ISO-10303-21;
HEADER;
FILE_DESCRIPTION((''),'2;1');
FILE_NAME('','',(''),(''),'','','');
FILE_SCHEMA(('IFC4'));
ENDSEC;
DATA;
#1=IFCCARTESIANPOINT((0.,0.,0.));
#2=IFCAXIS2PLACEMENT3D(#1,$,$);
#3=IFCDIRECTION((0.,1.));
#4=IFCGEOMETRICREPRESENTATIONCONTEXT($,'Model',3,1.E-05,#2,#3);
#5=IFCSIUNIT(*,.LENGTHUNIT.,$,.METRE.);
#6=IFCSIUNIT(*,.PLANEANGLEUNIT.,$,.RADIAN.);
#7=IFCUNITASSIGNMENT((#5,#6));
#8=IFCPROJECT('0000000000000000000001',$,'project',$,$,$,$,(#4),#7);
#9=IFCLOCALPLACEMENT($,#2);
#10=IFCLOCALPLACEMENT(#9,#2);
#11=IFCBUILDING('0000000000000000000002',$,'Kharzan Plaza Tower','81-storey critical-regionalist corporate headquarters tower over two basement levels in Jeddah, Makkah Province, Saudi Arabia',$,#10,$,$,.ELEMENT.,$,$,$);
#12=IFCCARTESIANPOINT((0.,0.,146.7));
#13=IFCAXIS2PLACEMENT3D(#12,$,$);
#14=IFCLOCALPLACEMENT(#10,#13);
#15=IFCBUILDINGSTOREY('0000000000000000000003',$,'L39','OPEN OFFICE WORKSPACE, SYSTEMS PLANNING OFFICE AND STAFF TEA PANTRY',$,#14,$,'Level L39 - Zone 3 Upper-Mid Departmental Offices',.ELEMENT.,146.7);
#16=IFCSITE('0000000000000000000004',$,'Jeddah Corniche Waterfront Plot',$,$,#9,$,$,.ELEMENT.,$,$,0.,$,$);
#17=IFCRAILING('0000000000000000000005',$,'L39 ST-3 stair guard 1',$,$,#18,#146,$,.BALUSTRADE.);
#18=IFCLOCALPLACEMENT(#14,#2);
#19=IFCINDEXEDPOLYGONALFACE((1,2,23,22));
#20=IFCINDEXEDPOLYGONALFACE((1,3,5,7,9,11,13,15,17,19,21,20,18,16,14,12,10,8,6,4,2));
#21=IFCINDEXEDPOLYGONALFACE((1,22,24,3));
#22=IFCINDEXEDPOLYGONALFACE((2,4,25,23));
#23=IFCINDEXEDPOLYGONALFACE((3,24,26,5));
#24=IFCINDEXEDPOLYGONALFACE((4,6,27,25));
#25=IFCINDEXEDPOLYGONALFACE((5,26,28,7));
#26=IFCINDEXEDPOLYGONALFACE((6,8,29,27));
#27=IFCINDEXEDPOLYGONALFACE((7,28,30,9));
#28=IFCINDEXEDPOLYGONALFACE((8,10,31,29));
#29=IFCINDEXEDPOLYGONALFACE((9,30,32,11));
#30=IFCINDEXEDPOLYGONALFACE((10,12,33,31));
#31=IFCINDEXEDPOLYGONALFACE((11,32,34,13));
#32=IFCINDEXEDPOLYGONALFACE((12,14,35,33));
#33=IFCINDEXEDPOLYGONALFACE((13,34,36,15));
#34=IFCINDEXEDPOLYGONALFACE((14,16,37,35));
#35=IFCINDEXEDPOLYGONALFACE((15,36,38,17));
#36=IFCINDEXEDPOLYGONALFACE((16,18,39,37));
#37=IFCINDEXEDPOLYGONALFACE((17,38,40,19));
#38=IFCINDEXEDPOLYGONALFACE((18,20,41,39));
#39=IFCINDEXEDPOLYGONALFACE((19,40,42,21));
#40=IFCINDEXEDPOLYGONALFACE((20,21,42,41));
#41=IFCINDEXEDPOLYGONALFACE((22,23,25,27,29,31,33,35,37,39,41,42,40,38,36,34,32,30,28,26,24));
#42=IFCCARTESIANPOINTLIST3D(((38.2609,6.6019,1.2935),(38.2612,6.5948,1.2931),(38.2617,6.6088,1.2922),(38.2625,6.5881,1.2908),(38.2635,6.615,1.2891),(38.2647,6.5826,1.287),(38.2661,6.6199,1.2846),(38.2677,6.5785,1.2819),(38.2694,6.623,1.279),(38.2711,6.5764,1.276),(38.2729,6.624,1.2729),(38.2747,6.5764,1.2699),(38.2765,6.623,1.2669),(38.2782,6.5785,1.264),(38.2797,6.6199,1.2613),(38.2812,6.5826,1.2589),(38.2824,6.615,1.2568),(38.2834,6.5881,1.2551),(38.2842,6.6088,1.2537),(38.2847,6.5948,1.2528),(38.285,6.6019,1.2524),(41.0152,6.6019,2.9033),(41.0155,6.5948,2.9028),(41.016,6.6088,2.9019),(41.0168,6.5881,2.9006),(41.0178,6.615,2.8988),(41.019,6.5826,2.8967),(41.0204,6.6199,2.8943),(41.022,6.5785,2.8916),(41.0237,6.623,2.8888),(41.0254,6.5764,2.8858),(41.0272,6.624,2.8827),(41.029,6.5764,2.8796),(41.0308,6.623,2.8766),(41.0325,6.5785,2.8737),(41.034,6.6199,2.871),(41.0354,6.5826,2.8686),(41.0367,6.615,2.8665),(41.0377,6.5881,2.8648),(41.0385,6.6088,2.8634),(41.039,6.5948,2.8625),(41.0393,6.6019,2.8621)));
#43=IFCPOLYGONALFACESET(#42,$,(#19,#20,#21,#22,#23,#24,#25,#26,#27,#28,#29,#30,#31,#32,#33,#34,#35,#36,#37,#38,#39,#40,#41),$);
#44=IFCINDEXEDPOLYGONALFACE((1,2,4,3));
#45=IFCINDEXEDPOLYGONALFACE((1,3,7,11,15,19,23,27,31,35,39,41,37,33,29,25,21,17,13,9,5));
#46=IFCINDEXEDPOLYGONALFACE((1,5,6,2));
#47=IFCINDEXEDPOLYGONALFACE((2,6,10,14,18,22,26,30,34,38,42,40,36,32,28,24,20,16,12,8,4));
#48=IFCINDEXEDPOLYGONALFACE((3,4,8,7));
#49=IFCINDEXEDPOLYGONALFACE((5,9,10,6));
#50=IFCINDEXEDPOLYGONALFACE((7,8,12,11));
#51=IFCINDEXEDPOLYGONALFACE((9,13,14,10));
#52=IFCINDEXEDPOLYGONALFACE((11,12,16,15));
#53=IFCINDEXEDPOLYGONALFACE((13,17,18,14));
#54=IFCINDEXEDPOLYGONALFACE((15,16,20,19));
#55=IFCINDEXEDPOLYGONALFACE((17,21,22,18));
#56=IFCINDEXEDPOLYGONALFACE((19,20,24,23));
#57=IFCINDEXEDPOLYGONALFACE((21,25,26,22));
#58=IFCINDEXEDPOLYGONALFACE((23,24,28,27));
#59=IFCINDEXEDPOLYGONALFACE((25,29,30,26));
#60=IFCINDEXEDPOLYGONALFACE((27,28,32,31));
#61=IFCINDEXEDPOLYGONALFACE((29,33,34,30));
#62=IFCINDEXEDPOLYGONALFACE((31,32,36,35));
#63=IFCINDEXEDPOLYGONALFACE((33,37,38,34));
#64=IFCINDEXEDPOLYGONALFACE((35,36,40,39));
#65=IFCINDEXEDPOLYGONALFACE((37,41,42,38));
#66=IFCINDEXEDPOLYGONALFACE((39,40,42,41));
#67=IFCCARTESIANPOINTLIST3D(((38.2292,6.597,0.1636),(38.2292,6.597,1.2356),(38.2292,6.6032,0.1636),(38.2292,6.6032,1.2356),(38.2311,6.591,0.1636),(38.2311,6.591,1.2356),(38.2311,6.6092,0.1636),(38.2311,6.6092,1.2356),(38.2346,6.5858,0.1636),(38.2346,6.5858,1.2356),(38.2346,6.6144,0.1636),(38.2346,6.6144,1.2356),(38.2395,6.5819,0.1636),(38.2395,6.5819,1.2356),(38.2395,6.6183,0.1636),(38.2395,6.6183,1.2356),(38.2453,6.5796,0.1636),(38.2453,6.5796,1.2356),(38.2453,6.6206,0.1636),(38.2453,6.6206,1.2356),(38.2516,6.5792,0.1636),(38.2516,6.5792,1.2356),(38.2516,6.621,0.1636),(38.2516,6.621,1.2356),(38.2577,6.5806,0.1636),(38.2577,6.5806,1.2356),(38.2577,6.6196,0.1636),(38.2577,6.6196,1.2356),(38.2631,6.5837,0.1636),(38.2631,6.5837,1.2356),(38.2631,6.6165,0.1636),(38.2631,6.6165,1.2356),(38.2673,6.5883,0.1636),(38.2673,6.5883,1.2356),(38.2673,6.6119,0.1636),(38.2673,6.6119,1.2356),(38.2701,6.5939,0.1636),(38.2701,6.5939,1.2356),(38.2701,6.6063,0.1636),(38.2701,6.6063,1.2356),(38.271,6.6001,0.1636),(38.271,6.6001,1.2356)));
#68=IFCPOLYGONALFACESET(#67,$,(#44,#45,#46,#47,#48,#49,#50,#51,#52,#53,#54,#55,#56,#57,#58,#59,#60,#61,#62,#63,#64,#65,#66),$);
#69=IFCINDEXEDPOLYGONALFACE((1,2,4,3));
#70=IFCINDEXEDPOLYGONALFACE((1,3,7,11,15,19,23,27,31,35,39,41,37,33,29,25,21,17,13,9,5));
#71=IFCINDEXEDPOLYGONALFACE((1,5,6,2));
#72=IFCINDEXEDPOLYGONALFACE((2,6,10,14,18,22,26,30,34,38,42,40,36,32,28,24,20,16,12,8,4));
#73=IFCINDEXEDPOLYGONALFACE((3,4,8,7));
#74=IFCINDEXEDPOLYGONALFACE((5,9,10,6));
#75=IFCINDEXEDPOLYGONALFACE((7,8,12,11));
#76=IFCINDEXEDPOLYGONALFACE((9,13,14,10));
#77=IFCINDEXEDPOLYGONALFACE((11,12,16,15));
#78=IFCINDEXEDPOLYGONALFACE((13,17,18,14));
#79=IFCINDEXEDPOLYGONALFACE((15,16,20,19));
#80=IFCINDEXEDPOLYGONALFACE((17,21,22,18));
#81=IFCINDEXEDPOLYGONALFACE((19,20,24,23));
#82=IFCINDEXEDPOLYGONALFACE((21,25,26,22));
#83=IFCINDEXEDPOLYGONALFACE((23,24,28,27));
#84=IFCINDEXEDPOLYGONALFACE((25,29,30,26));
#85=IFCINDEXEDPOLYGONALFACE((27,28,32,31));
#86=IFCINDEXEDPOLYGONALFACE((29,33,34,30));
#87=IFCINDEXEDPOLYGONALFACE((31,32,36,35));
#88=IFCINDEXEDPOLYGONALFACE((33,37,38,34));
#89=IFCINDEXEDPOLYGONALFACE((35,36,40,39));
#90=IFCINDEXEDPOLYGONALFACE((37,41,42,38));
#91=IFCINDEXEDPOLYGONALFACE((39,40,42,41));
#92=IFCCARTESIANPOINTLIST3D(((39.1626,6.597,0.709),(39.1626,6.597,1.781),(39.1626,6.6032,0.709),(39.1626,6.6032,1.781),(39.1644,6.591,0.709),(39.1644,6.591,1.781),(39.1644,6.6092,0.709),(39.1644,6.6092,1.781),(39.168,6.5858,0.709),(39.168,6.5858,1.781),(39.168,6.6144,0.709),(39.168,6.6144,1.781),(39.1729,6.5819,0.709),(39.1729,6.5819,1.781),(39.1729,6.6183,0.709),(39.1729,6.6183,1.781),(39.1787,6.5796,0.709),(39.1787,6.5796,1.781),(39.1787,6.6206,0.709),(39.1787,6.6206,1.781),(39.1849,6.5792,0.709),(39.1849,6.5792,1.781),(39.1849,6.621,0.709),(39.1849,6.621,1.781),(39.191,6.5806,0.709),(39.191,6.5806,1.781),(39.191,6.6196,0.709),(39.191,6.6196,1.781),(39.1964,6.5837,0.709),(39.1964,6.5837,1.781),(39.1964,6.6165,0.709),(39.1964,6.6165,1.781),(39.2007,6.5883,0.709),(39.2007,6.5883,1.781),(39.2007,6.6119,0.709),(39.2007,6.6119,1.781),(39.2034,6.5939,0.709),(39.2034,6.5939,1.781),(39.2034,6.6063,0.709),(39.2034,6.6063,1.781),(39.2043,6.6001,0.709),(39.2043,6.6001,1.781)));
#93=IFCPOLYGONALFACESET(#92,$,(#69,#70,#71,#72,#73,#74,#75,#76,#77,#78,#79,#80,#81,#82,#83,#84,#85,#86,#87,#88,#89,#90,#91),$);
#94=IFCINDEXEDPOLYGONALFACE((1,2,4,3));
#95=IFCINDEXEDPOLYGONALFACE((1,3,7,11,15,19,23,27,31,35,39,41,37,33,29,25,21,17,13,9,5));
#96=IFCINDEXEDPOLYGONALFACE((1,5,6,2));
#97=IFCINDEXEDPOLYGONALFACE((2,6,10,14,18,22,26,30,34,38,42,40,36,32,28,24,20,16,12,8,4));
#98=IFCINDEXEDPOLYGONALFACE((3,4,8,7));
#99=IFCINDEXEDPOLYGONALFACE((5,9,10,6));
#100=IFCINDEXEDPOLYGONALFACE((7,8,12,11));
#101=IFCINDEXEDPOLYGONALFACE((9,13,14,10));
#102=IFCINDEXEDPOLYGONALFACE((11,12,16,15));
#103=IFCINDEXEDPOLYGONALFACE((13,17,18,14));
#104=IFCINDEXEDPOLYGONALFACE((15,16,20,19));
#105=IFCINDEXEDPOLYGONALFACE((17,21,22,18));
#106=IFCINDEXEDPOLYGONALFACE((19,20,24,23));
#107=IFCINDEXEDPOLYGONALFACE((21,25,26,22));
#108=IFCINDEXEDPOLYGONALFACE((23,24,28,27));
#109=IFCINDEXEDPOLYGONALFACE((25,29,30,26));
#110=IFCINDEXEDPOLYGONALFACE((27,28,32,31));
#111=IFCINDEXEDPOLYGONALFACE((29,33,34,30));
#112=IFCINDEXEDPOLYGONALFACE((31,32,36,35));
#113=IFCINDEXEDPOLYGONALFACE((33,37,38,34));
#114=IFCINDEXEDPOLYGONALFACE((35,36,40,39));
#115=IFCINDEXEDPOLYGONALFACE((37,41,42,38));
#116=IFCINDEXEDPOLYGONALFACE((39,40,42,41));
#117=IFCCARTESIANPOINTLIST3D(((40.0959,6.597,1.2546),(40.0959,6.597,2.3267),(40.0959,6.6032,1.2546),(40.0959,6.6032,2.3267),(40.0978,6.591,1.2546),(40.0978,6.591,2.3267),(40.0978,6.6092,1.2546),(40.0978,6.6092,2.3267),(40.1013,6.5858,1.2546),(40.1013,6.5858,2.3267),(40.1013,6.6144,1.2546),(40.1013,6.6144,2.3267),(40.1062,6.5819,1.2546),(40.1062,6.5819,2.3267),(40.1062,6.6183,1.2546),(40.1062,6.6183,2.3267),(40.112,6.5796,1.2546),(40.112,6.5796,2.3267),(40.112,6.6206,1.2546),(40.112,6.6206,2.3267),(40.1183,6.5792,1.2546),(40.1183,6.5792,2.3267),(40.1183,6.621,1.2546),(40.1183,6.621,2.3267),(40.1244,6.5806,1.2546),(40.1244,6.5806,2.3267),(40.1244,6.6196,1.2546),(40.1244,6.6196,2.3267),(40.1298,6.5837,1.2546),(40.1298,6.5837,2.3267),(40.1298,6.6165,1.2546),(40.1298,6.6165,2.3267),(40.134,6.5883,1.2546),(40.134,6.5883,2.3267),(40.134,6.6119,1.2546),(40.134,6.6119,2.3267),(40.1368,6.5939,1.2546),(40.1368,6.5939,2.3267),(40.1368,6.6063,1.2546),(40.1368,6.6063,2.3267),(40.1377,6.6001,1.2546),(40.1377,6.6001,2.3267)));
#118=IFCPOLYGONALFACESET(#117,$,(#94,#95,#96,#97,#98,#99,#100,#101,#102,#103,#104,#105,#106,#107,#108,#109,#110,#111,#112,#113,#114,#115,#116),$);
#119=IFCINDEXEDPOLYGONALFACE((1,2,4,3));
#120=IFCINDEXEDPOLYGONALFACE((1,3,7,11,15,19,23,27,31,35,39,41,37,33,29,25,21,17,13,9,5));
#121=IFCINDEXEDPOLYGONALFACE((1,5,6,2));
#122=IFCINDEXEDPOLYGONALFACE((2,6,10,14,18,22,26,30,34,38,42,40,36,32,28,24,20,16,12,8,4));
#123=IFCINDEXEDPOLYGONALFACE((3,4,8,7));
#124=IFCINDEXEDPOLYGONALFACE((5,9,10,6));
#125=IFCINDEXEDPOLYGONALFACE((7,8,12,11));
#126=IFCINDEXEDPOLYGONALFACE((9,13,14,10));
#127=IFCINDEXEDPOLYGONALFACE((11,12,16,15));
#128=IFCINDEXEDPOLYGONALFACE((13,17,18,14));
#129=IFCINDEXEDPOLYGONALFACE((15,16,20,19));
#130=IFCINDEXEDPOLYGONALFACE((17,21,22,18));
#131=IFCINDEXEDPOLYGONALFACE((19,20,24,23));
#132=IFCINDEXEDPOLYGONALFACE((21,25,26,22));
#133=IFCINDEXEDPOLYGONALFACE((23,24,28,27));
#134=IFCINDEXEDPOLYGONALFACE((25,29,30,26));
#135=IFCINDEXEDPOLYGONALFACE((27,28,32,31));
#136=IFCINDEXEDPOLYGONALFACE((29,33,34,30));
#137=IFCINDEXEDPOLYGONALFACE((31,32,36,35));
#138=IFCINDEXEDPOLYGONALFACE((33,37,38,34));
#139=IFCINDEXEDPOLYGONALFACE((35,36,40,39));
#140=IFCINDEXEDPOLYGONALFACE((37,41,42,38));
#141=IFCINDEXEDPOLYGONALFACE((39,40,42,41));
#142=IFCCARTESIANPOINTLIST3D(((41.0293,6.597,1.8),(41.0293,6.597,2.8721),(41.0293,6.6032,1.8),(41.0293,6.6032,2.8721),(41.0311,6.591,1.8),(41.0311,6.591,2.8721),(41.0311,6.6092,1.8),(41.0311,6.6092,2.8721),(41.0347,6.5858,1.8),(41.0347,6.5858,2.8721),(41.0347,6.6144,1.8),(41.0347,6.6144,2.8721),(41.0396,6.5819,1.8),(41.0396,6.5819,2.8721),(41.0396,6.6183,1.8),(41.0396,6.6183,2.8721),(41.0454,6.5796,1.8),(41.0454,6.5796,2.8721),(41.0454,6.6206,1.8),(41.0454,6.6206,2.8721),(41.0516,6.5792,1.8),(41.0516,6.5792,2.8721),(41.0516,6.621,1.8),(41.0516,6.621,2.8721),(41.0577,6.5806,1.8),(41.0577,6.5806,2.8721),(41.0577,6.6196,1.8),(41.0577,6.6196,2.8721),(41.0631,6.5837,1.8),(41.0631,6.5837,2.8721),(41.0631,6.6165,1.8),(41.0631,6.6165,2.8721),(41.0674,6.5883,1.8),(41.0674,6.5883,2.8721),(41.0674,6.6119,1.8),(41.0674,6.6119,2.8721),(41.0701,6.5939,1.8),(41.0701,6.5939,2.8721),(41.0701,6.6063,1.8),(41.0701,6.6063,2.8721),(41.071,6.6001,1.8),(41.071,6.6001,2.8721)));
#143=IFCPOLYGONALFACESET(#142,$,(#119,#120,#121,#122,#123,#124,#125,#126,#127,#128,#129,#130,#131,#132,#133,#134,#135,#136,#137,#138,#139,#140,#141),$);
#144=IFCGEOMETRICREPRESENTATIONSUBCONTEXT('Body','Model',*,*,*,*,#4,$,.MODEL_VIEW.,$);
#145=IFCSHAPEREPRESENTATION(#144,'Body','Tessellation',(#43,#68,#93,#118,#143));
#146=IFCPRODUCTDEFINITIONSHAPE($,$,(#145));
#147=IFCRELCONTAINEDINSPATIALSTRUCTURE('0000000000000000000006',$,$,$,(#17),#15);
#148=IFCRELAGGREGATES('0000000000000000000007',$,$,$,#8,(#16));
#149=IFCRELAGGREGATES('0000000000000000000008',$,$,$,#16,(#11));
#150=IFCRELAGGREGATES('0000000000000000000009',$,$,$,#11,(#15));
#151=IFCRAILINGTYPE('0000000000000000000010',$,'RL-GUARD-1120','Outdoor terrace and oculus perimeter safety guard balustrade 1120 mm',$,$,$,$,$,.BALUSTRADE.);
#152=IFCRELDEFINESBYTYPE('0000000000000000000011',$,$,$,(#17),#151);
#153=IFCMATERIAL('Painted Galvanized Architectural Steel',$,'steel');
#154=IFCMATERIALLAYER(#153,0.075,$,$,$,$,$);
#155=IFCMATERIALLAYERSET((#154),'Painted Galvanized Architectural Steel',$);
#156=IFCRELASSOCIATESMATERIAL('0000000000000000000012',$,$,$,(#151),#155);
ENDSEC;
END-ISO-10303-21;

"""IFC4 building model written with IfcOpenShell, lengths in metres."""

from ifc_helpers import new_model, si_unit, direction, frame, origin, origin_2d, place, context, subcontext, project, spatial, circle, extrude, source, transform, mapped, material, layer, layer_set, type_object, element, save


model = new_model("IFC4")

# Units and contexts
model_context = context("Model", 3, precision=1e-05, world=origin(), true_north=direction((0.0, 1.0)))
body_context = subcontext(model_context, "Body", "Model", "MODEL_VIEW")
ifc_project = project(units=[si_unit("LENGTHUNIT", "METRE"), si_unit("PLANEANGLEUNIT", "RADIAN")], contexts=[model_context])

# Site, building, storey
site_placement = place(None, origin())
site = spatial("IfcSite", under=ifc_project, at=site_placement, Name="Jeddah Corniche Waterfront Plot", CompositionType="ELEMENT", RefElevation=0.0)
building_placement = place(site_placement, origin())
building = spatial("IfcBuilding", under=site, at=building_placement, Name="Kharzan Plaza Tower", Description="81-storey critical-regionalist corporate headquarters tower over two basement levels in Jeddah, Makkah Province, Saudi Arabia", CompositionType="ELEMENT")
storey_placement = place(building_placement, frame((0.0, 0.0, 146.7)))
storey = spatial("IfcBuildingStorey", under=building, at=storey_placement, Name="L39", Description="OPEN OFFICE WORKSPACE, SYSTEMS PLANNING OFFICE AND STAFF TEA PANTRY", LongName="Level L39 - Zone 3 Upper-Mid Departmental Offices", CompositionType="ELEMENT", Elevation=146.7)

# Railing
ifc_material_1 = material(Name="Painted Galvanized Architectural Steel", Category="steel")
ifc_layer_1 = layer(ifc_material_1, 0.075)
ifc_layer_set_1 = layer_set([ifc_layer_1], Name="Painted Galvanized Architectural Steel")
railing_type_1 = type_object("IfcRailingType", Name="RL-GUARD-1120", Description="Outdoor terrace and oculus perimeter safety guard balustrade 1120 mm", PredefinedType="BALUSTRADE", material=ifc_layer_set_1)
shared_shape_1 = source(origin(), body_context, "Body", "SweptSolid", [
    extrude(circle(Radius=0.0239, at=origin_2d()), frame((0.0229, 0.0, 1.1094), z_axis=(0.863361, 0.0, 0.504587), x_axis=(0.0, 1.0, 0.0)), (0.0, 0.0, 1.0), 3.1902),
    extrude(circle(Radius=0.021, at=origin_2d()), origin(), (0.0, 0.0, 1.0), 1.072),
    extrude(circle(Radius=0.021, at=origin_2d()), frame((0.9333, 0.0, 0.5454)), (0.0, 0.0, 1.0), 1.072),
    extrude(circle(Radius=0.021, at=origin_2d()), frame((1.8667, 0.0, 1.0911)), (0.0, 0.0, 1.0), 1.072),
    extrude(circle(Radius=0.021, at=origin_2d()), frame((2.8, 0.0, 1.6365)), (0.0, 0.0, 1.0), 1.072),
])
railing_1_placement = place(storey_placement, frame((38.25, 6.6001, 0.1636)))
element("IfcRailing", 1, at=railing_1_placement, inside=storey, type_object=railing_type_1, Name="L39 ST-3 stair guard 1", PredefinedType="BALUSTRADE", context=body_context, shape_type="MappedRepresentation", body=[
    mapped(shared_shape_1, transform((0.0, 0.0, 0.0), x_axis=(1.0, 0.0, 0.0), y_axis=(0.0, 1.0, 0.0), z_axis=(0.0, 0.0, 1.0))),
])

save(model, "model.ifc")
